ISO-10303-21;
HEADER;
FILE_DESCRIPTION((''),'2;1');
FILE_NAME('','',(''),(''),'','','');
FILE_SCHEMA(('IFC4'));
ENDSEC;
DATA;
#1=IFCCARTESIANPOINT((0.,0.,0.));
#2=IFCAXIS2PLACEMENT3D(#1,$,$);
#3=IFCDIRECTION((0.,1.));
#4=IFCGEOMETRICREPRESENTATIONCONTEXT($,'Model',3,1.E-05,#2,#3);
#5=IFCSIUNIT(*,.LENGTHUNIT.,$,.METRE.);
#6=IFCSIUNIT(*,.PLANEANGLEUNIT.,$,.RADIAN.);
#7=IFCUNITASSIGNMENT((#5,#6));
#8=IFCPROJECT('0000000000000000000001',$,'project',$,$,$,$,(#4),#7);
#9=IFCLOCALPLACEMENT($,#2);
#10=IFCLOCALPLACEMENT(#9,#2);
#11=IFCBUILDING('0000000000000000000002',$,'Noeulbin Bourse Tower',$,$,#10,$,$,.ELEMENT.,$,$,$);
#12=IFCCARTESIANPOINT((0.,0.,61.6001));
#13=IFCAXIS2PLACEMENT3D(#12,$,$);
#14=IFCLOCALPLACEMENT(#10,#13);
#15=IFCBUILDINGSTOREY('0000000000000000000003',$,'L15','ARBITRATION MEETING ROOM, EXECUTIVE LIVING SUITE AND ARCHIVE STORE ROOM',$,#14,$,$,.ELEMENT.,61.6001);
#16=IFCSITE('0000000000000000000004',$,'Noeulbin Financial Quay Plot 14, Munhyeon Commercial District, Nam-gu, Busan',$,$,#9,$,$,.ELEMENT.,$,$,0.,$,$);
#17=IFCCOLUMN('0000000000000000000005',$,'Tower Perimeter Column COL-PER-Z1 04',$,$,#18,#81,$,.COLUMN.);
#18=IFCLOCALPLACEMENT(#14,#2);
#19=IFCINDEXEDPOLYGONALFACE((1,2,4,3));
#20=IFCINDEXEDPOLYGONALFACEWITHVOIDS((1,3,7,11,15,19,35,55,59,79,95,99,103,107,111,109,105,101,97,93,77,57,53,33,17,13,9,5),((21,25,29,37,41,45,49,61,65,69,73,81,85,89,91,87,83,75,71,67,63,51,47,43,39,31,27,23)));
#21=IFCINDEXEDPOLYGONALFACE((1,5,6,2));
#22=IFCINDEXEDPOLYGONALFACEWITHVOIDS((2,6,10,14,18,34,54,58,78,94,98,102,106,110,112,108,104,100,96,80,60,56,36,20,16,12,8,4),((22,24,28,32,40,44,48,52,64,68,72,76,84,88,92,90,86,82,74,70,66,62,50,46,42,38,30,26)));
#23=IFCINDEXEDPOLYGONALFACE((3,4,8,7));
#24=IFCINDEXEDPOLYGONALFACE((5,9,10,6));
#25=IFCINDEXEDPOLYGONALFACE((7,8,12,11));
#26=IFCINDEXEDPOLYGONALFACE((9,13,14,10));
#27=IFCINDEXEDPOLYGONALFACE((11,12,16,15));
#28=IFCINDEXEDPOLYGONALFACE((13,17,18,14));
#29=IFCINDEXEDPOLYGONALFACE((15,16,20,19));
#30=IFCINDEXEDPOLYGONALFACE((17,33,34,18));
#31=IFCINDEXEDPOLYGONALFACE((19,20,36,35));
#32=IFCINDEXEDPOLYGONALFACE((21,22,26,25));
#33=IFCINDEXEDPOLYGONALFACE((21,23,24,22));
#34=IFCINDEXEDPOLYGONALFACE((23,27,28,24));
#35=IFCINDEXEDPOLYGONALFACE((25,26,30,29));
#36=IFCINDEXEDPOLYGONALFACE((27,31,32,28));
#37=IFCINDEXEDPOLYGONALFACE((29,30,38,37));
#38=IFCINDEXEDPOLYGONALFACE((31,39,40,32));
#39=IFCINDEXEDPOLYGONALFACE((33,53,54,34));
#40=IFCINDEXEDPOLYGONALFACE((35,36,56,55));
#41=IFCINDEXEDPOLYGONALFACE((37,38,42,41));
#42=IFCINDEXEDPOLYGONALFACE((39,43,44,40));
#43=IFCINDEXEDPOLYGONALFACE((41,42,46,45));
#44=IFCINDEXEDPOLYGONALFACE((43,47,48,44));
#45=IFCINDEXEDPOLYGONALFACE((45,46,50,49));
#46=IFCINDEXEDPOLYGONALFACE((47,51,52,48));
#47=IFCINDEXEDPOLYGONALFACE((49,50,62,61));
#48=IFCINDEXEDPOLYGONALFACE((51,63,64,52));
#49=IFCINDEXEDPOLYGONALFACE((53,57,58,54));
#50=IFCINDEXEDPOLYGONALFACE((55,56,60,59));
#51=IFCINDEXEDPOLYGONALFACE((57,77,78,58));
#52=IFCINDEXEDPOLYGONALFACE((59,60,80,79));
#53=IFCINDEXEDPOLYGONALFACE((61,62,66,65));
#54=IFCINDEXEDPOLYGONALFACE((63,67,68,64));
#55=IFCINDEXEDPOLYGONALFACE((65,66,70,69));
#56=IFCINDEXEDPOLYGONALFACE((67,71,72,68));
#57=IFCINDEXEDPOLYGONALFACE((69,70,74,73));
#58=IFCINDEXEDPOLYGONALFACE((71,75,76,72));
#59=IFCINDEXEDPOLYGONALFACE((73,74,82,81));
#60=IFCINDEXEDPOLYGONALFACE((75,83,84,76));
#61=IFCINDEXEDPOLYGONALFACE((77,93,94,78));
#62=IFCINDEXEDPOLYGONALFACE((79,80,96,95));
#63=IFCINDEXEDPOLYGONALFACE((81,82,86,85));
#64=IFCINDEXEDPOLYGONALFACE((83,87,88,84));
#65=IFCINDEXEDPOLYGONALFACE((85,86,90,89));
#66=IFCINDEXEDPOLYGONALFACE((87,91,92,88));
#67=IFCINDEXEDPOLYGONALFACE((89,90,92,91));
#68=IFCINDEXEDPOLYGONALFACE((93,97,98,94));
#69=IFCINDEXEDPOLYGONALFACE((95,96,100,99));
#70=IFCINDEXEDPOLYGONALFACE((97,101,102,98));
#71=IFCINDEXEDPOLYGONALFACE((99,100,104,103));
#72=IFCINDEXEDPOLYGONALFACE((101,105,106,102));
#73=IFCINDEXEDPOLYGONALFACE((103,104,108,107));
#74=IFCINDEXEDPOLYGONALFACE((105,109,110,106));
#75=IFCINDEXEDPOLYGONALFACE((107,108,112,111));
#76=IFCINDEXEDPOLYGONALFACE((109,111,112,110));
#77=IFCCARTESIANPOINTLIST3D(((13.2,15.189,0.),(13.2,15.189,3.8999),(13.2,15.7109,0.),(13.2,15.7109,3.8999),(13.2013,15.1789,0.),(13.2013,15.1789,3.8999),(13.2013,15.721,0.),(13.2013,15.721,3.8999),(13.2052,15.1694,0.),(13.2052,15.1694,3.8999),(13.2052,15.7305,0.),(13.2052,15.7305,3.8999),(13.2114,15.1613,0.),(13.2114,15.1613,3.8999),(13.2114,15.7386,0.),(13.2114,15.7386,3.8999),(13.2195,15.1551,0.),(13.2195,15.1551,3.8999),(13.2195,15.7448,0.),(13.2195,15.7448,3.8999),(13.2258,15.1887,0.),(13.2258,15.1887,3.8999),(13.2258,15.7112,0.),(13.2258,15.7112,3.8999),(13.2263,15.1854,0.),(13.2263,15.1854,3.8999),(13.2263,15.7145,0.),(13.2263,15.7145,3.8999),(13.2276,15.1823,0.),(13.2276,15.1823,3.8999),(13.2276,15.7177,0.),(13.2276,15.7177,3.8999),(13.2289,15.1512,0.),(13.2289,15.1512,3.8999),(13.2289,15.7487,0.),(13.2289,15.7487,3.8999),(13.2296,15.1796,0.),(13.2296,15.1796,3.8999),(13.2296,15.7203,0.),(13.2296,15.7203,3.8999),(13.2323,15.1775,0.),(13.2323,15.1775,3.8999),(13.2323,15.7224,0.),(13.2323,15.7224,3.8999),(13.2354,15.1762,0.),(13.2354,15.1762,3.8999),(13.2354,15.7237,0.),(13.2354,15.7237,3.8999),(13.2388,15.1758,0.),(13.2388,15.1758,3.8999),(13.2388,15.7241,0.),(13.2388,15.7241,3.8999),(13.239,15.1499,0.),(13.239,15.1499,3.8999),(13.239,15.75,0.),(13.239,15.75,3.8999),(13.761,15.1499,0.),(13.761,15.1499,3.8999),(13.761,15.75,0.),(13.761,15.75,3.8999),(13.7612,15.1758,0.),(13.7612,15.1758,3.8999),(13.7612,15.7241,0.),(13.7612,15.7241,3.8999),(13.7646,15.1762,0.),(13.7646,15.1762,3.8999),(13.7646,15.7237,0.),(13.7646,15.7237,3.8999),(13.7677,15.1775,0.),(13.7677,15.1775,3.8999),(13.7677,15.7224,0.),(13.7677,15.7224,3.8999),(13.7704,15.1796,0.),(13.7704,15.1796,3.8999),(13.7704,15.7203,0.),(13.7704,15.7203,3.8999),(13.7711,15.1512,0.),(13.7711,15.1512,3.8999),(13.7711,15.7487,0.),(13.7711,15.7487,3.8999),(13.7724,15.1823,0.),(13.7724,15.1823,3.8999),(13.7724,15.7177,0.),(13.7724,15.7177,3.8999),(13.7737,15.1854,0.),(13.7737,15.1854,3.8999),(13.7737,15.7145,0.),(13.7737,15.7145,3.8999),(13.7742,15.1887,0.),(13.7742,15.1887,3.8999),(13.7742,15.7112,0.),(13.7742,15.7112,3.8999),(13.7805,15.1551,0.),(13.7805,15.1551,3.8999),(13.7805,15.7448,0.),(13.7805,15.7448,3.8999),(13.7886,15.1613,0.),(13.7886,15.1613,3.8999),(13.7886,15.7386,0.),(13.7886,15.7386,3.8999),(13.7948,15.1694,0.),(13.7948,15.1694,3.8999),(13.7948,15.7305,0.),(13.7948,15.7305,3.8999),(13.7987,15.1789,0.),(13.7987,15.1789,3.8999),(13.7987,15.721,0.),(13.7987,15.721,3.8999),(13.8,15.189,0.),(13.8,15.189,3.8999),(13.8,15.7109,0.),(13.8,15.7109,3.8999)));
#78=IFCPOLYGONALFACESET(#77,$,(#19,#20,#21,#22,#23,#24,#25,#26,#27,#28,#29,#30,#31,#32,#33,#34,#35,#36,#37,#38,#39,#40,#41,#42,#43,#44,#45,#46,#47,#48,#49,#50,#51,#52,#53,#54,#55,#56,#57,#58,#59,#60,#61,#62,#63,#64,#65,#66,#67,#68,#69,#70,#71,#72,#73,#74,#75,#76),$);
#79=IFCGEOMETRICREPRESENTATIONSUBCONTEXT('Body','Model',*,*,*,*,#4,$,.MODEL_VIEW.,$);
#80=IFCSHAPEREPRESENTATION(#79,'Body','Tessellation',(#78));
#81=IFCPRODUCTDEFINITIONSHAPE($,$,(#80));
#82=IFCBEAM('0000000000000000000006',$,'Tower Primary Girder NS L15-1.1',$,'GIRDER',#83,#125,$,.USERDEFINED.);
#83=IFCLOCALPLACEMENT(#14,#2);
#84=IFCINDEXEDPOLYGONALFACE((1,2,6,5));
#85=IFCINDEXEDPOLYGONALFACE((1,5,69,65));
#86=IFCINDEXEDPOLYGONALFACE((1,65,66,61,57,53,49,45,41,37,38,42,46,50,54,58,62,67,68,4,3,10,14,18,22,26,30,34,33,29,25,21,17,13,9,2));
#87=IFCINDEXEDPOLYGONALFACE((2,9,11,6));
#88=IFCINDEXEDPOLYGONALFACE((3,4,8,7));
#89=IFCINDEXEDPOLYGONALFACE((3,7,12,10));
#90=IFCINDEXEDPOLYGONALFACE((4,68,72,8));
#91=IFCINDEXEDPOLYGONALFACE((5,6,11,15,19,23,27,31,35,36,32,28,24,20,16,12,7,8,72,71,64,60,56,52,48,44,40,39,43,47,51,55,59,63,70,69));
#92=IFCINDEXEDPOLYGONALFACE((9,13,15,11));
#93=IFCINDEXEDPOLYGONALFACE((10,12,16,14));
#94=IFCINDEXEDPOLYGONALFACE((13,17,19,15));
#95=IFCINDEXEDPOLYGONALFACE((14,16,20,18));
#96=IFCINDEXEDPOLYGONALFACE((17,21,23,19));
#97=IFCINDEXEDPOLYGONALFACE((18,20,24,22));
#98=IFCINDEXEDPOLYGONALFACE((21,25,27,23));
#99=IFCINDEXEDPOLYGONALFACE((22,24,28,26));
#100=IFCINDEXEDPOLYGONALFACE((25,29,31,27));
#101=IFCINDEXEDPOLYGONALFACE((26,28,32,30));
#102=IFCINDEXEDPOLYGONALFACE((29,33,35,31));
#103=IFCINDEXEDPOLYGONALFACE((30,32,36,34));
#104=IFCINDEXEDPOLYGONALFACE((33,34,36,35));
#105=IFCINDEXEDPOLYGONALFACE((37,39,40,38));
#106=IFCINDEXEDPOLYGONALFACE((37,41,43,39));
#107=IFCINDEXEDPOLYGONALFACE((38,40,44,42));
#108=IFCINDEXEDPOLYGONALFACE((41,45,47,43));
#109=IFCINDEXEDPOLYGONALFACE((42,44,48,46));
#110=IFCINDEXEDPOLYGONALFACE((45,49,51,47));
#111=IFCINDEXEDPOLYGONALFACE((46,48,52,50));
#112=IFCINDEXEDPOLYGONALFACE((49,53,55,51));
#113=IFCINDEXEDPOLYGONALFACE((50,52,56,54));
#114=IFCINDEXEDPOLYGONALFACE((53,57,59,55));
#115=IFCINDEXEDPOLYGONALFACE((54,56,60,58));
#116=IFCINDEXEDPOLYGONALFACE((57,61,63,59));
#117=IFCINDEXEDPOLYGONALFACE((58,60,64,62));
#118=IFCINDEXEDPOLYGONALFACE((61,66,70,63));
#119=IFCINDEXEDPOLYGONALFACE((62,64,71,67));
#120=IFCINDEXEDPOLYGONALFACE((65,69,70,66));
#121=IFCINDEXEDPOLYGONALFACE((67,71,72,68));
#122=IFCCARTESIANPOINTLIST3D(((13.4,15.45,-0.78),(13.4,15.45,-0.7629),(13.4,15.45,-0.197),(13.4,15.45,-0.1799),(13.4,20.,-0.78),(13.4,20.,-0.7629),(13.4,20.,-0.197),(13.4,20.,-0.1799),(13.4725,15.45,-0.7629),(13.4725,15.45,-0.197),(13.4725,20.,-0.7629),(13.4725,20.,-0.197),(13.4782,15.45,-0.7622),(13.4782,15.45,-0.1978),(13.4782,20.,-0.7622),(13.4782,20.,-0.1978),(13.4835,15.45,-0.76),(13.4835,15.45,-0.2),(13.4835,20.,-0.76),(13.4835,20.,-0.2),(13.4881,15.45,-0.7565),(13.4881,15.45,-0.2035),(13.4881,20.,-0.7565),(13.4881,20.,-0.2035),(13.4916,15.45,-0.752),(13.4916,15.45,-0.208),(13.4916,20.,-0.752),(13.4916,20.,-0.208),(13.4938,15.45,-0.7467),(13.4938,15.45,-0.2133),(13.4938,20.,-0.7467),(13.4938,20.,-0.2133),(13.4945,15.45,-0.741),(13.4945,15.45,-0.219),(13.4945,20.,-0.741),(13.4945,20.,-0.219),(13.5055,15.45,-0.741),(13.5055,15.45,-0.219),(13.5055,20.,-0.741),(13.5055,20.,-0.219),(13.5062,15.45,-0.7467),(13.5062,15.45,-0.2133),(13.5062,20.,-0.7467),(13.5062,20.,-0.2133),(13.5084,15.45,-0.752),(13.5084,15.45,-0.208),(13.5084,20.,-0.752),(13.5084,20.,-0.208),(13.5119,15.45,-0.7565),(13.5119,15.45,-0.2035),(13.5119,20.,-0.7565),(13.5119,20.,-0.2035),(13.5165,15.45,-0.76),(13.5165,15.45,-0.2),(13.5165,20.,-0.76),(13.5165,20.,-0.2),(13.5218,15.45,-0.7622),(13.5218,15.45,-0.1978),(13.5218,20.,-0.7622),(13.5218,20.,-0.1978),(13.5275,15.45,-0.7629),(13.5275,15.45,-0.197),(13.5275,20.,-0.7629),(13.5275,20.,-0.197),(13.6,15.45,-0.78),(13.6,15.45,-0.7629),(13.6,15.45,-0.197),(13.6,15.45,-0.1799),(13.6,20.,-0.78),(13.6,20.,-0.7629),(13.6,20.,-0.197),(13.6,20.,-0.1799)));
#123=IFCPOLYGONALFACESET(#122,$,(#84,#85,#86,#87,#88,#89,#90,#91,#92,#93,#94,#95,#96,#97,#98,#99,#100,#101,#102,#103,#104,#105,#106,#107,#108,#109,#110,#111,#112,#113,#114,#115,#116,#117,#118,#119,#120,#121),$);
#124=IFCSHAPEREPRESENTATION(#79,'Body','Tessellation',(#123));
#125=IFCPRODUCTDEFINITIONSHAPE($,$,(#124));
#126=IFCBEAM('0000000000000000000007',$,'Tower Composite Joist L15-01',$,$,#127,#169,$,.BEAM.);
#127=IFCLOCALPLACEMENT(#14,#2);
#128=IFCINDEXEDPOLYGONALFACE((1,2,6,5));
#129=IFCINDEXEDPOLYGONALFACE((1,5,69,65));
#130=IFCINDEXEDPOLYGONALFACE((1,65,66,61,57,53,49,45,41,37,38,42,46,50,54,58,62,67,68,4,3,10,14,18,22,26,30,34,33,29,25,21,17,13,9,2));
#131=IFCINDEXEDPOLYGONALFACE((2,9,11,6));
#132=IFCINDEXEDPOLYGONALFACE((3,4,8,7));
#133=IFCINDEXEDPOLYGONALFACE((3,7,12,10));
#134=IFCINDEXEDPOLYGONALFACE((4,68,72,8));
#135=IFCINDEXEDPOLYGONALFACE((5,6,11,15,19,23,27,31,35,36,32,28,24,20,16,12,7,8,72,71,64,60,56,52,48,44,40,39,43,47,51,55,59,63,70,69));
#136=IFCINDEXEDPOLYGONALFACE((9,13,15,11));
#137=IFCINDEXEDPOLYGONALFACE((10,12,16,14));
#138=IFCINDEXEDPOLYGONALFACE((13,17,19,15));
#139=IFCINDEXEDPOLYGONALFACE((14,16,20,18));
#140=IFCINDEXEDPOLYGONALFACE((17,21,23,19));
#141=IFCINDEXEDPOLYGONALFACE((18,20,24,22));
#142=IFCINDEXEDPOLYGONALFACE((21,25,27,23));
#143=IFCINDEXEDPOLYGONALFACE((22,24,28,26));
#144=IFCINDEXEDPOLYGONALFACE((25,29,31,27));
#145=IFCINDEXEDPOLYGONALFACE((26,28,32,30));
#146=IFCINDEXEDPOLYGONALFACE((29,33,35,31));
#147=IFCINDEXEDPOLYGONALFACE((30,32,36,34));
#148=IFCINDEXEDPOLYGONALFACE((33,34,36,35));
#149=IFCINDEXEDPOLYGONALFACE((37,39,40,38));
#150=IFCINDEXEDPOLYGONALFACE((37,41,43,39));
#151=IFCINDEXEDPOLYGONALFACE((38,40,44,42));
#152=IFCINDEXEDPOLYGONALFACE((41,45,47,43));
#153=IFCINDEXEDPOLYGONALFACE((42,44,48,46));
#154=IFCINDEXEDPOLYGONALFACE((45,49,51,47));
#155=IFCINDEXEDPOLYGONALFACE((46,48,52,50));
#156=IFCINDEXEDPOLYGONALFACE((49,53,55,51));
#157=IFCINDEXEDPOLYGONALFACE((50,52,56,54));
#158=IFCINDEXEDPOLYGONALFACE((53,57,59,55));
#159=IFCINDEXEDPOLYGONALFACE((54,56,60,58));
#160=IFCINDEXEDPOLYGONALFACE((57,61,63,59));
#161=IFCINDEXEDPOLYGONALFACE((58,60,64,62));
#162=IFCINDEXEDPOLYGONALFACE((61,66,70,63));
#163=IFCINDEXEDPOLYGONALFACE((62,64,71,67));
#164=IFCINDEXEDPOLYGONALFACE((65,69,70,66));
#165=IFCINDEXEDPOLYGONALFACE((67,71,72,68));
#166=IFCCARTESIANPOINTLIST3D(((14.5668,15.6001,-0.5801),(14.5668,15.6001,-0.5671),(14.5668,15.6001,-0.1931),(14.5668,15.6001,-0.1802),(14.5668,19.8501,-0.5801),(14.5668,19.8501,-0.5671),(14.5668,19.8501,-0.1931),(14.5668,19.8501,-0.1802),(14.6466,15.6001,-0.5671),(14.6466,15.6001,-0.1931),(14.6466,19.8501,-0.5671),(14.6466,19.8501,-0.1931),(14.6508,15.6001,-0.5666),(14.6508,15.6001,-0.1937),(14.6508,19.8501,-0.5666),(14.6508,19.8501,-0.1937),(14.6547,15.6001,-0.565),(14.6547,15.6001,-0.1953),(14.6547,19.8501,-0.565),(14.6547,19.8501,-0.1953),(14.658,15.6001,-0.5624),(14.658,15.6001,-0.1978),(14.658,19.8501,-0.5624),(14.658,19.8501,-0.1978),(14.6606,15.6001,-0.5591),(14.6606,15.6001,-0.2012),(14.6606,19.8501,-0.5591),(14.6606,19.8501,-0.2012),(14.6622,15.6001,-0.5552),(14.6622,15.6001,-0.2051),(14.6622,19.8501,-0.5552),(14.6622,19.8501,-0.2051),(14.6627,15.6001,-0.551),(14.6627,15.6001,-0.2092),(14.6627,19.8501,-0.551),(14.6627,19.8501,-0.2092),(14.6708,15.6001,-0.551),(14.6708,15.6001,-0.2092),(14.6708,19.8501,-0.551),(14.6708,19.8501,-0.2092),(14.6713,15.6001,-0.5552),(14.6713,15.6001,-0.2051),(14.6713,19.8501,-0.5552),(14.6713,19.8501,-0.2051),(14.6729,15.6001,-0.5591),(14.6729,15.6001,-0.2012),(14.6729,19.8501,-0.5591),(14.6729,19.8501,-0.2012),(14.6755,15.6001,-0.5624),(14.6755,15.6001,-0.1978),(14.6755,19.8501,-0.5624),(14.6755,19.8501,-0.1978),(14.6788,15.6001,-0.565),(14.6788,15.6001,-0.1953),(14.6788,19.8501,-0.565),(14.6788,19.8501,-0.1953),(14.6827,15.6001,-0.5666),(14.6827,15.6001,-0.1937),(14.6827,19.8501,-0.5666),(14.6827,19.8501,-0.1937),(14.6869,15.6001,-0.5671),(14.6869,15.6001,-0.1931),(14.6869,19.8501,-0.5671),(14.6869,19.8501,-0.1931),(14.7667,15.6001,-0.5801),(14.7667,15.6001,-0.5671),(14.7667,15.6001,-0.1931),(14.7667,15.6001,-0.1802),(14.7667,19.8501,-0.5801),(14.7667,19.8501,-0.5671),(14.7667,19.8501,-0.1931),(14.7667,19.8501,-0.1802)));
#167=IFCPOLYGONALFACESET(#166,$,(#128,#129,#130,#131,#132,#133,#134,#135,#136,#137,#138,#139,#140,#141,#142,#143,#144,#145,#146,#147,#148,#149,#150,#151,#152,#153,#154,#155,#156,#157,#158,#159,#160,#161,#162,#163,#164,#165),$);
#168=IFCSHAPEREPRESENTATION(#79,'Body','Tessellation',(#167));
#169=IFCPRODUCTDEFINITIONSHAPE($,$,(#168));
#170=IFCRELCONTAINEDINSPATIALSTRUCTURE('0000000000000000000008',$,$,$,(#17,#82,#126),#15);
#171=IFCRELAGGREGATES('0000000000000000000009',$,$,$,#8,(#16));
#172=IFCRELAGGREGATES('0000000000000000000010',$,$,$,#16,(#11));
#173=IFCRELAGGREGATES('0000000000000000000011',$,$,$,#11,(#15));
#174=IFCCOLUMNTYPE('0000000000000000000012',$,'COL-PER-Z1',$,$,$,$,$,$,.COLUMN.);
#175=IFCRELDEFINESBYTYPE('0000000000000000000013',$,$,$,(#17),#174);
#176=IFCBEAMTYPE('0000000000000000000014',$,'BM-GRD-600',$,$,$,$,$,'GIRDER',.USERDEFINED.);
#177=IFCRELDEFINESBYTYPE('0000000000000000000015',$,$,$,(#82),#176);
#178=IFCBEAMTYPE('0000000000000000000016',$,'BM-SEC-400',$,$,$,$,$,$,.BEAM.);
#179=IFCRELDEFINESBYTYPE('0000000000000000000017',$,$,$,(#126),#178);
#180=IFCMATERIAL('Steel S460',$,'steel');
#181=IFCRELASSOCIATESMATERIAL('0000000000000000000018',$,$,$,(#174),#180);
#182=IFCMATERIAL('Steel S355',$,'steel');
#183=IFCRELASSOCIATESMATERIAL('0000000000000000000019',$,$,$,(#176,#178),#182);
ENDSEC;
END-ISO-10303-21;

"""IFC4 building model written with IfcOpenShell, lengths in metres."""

from ifc_helpers import new_model, si_unit, direction, frame, origin, origin_2d, place, context, subcontext, project, spatial, hollow_rectangle, i_section, extrude, material, material_profile, profile_set, type_object, element, save


model = new_model("IFC4")

# Units and contexts
model_context = context("Model", 3, precision=1e-05, world=origin(), true_north=direction((0.0, 1.0)))
body_context = subcontext(model_context, "Body", "Model", "MODEL_VIEW")
ifc_project = project(units=[si_unit("LENGTHUNIT", "METRE"), si_unit("PLANEANGLEUNIT", "RADIAN")], contexts=[model_context])

# Site, building, storey
site_placement = place(None, origin())
site = spatial("IfcSite", under=ifc_project, at=site_placement, Name="Noeulbin Financial Quay Plot 14, Munhyeon Commercial District, Nam-gu, Busan", CompositionType="ELEMENT", RefElevation=0.0)
building_placement = place(site_placement, origin())
building = spatial("IfcBuilding", under=site, at=building_placement, Name="Noeulbin Bourse Tower", CompositionType="ELEMENT")
storey_placement = place(building_placement, frame((0.0, 0.0, 61.6001)))
storey = spatial("IfcBuildingStorey", under=building, at=storey_placement, Name="L15", Description="ARBITRATION MEETING ROOM, EXECUTIVE LIVING SUITE AND ARCHIVE STORE ROOM", CompositionType="ELEMENT", Elevation=61.6001)

# Column
ifc_material_1 = material(Name="Steel S460", Category="steel")
ifc_material_profile_1 = material_profile(ifc_material_1, hollow_rectangle(XDim=0.6001, YDim=0.6001, WallThickness=0.0259, InnerFilletRadius=0.0129, OuterFilletRadius=0.0391, at=origin_2d()), Name="BOX-600x600x26", Category="LoadBearing")
ifc_profile_set_1 = profile_set([ifc_material_profile_1], Name="Steel S460")
column_type = type_object("IfcColumnType", Name="COL-PER-Z1", PredefinedType="COLUMN", material=ifc_profile_set_1)
column_placement = place(storey_placement, frame((13.5, 15.45, 0.0), z_axis=(0.0, 0.0, 1.0), x_axis=(1.0, 0.0, 0.0)))
element("IfcColumn", 1, at=column_placement, inside=storey, type_object=column_type, Name="Tower Perimeter Column COL-PER-Z1 04", PredefinedType="COLUMN", context=body_context, shape_type="SweptSolid", body=[
    extrude(hollow_rectangle(XDim=0.6001, YDim=0.6001, WallThickness=0.0259, InnerFilletRadius=0.0129, OuterFilletRadius=0.0391, at=origin_2d()), origin(), (0.0, 0.0, 1.0), 3.8999),
])

# Beams
ifc_material_2 = material(Name="Steel S355", Category="steel")
ifc_material_profile_2 = material_profile(ifc_material_2, i_section(OverallWidth=0.2, OverallDepth=0.6001, WebThickness=0.011, FlangeThickness=0.0171, FilletRadius=0.022, at=origin_2d()), Name="H-600x200x11x17", Category="LoadBearing")
ifc_profile_set_2 = profile_set([ifc_material_profile_2], Name="Steel S355")
beam_type_1 = type_object("IfcBeamType", Name="BM-GRD-600", ElementType="GIRDER", PredefinedType="USERDEFINED", material=ifc_profile_set_2)
beam_1_placement = place(storey_placement, frame((13.5, 15.45, -0.48), z_axis=(0.0, 1.0, 0.0), x_axis=(-1.0, 0.0, 0.0)))
element("IfcBeam", 2, at=beam_1_placement, inside=storey, type_object=beam_type_1, Name="Tower Primary Girder NS L15-1.1", ObjectType="GIRDER", PredefinedType="USERDEFINED", context=body_context, shape_type="SweptSolid", body=[
    extrude(i_section(OverallWidth=0.2, OverallDepth=0.6001, WebThickness=0.011, FlangeThickness=0.0171, FilletRadius=0.022, at=origin_2d()), origin(), (0.0, 0.0, 1.0), 4.55),
])
ifc_material_profile_3 = material_profile(ifc_material_2, i_section(OverallWidth=0.2, OverallDepth=0.3999, WebThickness=0.0081, FlangeThickness=0.0129, FilletRadius=0.0161, at=origin_2d()), Name="H-400x200x8x13", Category="LoadBearing")
ifc_profile_set_3 = profile_set([ifc_material_profile_3], Name="Steel S355")
beam_type_2 = type_object("IfcBeamType", Name="BM-SEC-400", PredefinedType="BEAM", material=ifc_profile_set_3)
for number, where, z_axis, x_axis, name in (
    (3, (14.6667, 15.6001, -0.3801), (0.0, 1.0, 0.0), (-1.0, 0.0, 0.0), "Tower Composite Joist L15-01"),
):
    element("IfcBeam", number, at=place(storey_placement, frame(where, z_axis=z_axis, x_axis=x_axis)), inside=storey, type_object=beam_type_2, Name=name, PredefinedType="BEAM", context=body_context, shape_type="SweptSolid", body=[
        extrude(i_section(OverallWidth=0.2, OverallDepth=0.3999, WebThickness=0.0081, FlangeThickness=0.0129, FilletRadius=0.0161, at=origin_2d()), origin(), (0.0, 0.0, 1.0), 4.25),
    ])

save(model, "model.ifc")
